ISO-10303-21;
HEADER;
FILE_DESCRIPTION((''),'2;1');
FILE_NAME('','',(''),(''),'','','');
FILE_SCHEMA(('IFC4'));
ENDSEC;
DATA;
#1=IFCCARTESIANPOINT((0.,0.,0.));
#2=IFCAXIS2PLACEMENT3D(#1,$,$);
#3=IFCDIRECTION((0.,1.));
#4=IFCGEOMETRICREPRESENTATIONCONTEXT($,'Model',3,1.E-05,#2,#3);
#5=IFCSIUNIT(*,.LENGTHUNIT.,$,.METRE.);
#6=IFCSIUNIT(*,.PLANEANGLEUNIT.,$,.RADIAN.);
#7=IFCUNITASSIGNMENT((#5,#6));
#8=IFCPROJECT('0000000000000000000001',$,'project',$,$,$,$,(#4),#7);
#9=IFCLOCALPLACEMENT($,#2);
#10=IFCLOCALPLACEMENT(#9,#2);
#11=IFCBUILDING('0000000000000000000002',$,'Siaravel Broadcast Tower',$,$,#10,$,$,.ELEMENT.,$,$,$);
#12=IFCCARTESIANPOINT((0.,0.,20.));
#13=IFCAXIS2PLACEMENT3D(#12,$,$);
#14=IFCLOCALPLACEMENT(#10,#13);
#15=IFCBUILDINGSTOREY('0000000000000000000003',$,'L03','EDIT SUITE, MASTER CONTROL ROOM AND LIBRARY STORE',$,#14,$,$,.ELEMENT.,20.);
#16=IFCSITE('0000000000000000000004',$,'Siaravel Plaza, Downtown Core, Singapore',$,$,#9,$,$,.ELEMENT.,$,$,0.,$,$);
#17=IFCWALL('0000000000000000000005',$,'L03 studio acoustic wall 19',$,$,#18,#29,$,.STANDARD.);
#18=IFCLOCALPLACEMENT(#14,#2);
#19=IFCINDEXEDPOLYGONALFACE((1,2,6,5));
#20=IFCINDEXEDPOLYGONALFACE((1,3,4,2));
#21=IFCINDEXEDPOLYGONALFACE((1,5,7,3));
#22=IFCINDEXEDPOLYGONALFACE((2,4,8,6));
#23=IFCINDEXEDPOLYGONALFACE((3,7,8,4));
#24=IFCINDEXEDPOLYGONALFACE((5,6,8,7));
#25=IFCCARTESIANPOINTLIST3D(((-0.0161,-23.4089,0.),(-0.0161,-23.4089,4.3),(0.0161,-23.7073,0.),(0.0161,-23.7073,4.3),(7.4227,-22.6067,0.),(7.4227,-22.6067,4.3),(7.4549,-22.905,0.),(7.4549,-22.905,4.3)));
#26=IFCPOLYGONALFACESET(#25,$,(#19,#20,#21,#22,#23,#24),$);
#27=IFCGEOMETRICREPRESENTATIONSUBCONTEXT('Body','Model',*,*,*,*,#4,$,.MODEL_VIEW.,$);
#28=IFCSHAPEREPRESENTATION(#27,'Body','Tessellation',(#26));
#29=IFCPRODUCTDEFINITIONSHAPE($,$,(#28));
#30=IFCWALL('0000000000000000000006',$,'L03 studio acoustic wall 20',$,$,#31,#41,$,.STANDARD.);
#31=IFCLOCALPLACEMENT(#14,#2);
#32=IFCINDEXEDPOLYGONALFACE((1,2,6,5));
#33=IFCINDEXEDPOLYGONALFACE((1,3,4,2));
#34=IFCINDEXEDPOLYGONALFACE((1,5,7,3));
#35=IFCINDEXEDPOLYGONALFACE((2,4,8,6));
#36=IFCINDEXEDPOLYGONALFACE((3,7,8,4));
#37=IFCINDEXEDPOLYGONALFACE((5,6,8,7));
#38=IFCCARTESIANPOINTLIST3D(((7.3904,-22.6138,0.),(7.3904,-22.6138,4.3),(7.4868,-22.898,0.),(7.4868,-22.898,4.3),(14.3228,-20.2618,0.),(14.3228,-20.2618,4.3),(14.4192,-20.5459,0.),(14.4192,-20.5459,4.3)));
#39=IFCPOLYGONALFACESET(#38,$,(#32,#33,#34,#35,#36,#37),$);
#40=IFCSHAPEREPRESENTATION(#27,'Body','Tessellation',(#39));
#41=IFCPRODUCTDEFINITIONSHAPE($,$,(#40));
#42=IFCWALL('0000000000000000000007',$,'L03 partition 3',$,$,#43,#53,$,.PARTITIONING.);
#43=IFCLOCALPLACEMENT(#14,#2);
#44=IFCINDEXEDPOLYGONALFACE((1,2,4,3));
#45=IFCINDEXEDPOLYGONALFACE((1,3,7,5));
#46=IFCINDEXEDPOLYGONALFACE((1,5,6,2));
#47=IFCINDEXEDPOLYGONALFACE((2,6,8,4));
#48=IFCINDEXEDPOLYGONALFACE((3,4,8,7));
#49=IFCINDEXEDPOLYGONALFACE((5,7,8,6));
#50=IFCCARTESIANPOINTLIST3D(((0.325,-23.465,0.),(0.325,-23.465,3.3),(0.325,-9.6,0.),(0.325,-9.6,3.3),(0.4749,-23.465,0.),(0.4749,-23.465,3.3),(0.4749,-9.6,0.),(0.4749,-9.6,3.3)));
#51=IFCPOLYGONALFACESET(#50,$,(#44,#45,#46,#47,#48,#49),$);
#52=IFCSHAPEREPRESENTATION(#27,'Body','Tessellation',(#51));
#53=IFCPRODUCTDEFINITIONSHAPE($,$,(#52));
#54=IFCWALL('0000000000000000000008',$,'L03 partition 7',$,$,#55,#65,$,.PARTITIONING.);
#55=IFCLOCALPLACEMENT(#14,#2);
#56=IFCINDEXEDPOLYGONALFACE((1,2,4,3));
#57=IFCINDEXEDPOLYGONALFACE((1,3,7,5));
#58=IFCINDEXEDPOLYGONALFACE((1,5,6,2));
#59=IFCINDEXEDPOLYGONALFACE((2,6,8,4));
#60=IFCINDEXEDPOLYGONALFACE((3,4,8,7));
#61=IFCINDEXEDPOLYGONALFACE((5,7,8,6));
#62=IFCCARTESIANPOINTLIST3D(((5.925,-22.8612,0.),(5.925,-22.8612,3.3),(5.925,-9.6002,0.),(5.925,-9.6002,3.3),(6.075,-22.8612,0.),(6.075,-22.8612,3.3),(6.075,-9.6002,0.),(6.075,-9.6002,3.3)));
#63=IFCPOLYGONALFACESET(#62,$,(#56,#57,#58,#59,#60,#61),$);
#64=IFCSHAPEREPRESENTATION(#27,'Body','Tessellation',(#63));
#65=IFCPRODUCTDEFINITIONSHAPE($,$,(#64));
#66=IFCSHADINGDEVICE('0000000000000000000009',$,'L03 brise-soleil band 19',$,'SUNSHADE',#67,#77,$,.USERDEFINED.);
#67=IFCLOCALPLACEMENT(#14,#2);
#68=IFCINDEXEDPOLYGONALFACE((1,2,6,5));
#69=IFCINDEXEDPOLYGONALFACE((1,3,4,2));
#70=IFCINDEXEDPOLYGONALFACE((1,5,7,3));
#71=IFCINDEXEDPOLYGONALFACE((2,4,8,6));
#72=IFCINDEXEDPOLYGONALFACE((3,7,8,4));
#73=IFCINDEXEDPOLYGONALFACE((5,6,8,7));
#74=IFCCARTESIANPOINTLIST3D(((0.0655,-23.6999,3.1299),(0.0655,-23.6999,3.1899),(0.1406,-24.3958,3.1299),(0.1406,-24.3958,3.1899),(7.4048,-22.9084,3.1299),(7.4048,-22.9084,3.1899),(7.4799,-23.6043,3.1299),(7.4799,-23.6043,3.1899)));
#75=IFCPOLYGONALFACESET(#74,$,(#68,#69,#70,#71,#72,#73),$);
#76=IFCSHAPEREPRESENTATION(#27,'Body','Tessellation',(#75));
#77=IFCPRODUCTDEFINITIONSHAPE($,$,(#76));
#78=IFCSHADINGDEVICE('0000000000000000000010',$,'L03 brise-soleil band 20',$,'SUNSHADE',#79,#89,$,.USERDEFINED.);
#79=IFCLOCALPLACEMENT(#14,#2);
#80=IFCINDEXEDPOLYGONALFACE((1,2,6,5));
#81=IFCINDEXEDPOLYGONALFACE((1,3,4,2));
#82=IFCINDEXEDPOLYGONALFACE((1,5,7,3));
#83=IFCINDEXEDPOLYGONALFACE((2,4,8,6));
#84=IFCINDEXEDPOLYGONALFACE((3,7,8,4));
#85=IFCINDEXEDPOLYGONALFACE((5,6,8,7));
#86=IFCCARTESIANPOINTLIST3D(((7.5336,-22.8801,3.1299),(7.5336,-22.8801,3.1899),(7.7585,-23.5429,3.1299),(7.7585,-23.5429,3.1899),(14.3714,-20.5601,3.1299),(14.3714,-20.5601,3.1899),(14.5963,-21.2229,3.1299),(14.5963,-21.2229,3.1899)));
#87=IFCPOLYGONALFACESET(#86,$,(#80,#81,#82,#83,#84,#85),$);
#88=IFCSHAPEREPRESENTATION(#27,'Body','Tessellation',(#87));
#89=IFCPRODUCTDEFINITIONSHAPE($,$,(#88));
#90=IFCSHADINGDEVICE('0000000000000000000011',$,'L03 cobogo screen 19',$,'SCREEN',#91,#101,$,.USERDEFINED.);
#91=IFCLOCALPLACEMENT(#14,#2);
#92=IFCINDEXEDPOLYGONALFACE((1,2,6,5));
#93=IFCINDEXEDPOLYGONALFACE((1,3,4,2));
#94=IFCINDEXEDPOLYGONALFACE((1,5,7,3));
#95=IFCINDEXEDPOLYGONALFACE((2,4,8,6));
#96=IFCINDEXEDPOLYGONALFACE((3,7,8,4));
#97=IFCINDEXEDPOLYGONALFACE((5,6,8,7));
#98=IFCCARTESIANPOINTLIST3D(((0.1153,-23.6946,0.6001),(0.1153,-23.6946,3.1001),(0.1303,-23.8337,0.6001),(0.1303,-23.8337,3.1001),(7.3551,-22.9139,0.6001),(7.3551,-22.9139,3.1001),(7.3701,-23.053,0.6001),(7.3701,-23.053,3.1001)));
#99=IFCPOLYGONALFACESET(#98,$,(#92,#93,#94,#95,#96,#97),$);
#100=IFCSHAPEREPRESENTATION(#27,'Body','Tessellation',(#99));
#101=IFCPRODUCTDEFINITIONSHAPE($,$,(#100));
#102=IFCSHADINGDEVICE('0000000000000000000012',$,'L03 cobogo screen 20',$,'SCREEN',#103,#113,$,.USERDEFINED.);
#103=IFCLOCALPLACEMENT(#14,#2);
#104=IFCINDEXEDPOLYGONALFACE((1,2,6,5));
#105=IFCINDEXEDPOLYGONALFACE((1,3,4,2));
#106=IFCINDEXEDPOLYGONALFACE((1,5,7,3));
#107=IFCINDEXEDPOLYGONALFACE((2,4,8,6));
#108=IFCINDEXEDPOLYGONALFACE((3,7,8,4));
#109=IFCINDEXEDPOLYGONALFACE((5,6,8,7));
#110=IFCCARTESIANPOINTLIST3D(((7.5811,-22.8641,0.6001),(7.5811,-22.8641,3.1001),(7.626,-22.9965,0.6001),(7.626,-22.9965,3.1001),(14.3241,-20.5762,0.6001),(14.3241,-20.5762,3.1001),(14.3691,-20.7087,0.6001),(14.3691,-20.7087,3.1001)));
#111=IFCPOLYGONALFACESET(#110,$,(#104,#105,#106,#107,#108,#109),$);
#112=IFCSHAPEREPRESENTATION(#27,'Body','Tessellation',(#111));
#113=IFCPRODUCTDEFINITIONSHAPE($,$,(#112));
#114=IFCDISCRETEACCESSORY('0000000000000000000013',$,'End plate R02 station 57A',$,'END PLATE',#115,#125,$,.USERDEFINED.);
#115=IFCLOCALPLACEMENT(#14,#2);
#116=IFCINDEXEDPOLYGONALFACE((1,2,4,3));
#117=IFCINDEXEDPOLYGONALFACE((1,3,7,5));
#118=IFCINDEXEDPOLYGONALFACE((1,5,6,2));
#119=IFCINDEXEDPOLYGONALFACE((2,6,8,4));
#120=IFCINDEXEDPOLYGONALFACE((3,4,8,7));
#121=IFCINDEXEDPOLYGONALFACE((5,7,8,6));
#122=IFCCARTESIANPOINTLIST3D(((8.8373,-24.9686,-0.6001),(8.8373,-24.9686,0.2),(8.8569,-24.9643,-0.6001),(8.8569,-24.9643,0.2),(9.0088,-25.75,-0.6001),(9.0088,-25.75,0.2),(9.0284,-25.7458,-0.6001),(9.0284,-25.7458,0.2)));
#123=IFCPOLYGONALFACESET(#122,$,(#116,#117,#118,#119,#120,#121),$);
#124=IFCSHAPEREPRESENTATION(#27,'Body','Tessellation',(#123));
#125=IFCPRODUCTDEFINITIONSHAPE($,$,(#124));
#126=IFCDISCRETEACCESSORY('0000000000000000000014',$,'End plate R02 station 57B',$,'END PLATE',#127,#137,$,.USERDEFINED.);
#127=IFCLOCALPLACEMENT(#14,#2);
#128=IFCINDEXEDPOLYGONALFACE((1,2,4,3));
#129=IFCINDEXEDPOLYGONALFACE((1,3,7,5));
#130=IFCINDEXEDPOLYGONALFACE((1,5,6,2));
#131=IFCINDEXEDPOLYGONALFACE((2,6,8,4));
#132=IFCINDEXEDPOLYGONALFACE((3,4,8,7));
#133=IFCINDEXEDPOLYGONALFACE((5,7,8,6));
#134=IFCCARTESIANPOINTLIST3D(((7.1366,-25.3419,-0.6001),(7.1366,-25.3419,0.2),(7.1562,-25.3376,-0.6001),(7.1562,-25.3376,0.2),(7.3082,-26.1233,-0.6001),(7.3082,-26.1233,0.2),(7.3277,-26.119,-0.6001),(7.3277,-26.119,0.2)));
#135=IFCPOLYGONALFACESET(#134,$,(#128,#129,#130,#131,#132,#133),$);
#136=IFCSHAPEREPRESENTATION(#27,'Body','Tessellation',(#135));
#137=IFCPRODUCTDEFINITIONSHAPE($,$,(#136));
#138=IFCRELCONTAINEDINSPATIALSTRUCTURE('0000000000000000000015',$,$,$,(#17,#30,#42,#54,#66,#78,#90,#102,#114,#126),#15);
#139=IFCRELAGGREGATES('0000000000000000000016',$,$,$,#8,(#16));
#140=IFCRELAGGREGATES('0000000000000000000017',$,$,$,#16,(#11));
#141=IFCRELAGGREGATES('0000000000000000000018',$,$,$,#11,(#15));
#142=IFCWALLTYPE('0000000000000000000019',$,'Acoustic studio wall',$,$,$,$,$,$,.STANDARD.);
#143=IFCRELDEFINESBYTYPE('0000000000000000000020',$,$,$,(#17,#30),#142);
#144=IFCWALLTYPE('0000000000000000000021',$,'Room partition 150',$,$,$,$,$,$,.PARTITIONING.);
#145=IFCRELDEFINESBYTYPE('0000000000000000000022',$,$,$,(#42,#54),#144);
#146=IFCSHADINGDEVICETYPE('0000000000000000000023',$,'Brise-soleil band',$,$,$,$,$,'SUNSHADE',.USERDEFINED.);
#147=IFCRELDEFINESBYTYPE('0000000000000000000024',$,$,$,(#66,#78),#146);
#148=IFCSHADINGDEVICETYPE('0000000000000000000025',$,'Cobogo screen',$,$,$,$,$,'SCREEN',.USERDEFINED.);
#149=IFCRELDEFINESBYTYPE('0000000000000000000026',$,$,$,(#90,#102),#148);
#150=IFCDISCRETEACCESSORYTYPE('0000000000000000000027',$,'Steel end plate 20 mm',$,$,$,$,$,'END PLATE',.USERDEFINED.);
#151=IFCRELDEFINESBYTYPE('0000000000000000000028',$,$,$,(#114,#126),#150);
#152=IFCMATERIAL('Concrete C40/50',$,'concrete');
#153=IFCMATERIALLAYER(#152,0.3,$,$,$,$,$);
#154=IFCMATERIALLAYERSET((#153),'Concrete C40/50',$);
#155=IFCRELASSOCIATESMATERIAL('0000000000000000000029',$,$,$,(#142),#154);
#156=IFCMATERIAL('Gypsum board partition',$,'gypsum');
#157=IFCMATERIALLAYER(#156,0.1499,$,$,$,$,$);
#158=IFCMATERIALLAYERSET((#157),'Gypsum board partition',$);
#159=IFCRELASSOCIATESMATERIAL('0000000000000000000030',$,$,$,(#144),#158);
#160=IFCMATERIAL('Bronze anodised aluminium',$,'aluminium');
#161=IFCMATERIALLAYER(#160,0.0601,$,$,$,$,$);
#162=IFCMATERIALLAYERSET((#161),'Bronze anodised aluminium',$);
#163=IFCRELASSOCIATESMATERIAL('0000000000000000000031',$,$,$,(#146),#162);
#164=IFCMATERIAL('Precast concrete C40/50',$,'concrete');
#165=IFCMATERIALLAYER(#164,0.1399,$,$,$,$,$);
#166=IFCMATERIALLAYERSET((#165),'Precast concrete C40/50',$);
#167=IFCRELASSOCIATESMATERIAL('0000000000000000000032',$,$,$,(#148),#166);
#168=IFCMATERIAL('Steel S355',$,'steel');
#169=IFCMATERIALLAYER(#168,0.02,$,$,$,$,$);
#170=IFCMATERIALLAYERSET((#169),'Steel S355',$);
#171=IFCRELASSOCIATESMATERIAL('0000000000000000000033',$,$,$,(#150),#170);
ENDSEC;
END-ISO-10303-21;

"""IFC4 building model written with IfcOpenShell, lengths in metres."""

from ifc_helpers import new_model, si_unit, direction, frame, frame_2d, origin, origin_2d, place, context, subcontext, project, spatial, rectangle, extrude, material, layer, layer_set, type_object, element, save


model = new_model("IFC4")

# Units and contexts
model_context = context("Model", 3, precision=1e-05, world=origin(), true_north=direction((0.0, 1.0)))
body_context = subcontext(model_context, "Body", "Model", "MODEL_VIEW")
ifc_project = project(units=[si_unit("LENGTHUNIT", "METRE"), si_unit("PLANEANGLEUNIT", "RADIAN")], contexts=[model_context])

# Site, building, storey
site_placement = place(None, origin())
site = spatial("IfcSite", under=ifc_project, at=site_placement, Name="Siaravel Plaza, Downtown Core, Singapore", CompositionType="ELEMENT", RefElevation=0.0)
building_placement = place(site_placement, origin())
building = spatial("IfcBuilding", under=site, at=building_placement, Name="Siaravel Broadcast Tower", CompositionType="ELEMENT")
storey_placement = place(building_placement, frame((0.0, 0.0, 20.0)))
storey = spatial("IfcBuildingStorey", under=building, at=storey_placement, Name="L03", Description="EDIT SUITE, MASTER CONTROL ROOM AND LIBRARY STORE", CompositionType="ELEMENT", Elevation=20.0)

# Shared definitions
ifc_material_1 = material(Name="Steel S355", Category="steel")

# Walls
ifc_material_2 = material(Name="Concrete C40/50", Category="concrete")
ifc_layer_1 = layer(ifc_material_2, 0.3)
ifc_layer_set_1 = layer_set([ifc_layer_1], Name="Concrete C40/50")
wall_type_1 = type_object("IfcWallType", Name="Acoustic studio wall", PredefinedType="STANDARD", material=ifc_layer_set_1)
wall_1_placement = place(storey_placement, frame((0.0, -23.5581, 0.0), z_axis=(0.0, 0.0, 1.0), x_axis=(0.994235, 0.107226, 0.0)))
element("IfcWall", 1, at=wall_1_placement, inside=storey, type_object=wall_type_1, Name="L03 studio acoustic wall 19", PredefinedType="STANDARD", context=body_context, shape_type="SweptSolid", body=[
    extrude(rectangle(XDim=7.4819, YDim=0.3, at=frame_2d((3.741, 0.0))), origin(), (0.0, 0.0, 1.0), 4.3),
])
wall_2_placement = place(storey_placement, frame((7.4387, -22.7559, 0.0), z_axis=(0.0, 0.0, 1.0), x_axis=(0.946979, 0.321296, 0.0)))
element("IfcWall", 2, at=wall_2_placement, inside=storey, type_object=wall_type_1, Name="L03 studio acoustic wall 20", PredefinedType="STANDARD", context=body_context, shape_type="SweptSolid", body=[
    extrude(rectangle(XDim=7.3206, YDim=0.3, at=frame_2d((3.6602, 0.0))), origin(), (0.0, 0.0, 1.0), 4.3),
])
ifc_material_3 = material(Name="Gypsum board partition", Category="gypsum")
ifc_layer_2 = layer(ifc_material_3, 0.1499)
ifc_layer_set_2 = layer_set([ifc_layer_2], Name="Gypsum board partition")
wall_type_2 = type_object("IfcWallType", Name="Room partition 150", PredefinedType="PARTITIONING", material=ifc_layer_set_2)
wall_3_placement = place(storey_placement, frame((0.3999, -23.4651, 0.0), z_axis=(0.0, 0.0, 1.0), x_axis=(0.0, 1.0, 0.0)))
element("IfcWall", 3, at=wall_3_placement, inside=storey, type_object=wall_type_2, Name="L03 partition 3", PredefinedType="PARTITIONING", context=body_context, shape_type="SweptSolid", body=[
    extrude(rectangle(XDim=13.865, YDim=0.1499, at=frame_2d((6.9326, 0.0))), origin(), (0.0, 0.0, 1.0), 3.3),
])
wall_4_placement = place(storey_placement, frame((6.0, -22.8611, 0.0), z_axis=(0.0, 0.0, 1.0), x_axis=(0.0, 1.0, 0.0)))
element("IfcWall", 4, at=wall_4_placement, inside=storey, type_object=wall_type_2, Name="L03 partition 7", PredefinedType="PARTITIONING", context=body_context, shape_type="SweptSolid", body=[
    extrude(rectangle(XDim=13.261, YDim=0.1499, at=frame_2d((6.6304, 0.0))), origin(), (0.0, 0.0, 1.0), 3.3),
])

# Shading devices
ifc_material_4 = material(Name="Bronze anodised aluminium", Category="aluminium")
ifc_layer_3 = layer(ifc_material_4, 0.0601)
ifc_layer_set_3 = layer_set([ifc_layer_3], Name="Bronze anodised aluminium")
shading_device_type_1 = type_object("IfcShadingDeviceType", Name="Brise-soleil band", ElementType="SUNSHADE", PredefinedType="USERDEFINED", material=ifc_layer_set_3)
shading_device_1_placement = place(storey_placement, frame((3.7727, -23.6521, 3.1299), z_axis=(0.0, 0.0, 1.0), x_axis=(0.994236, 0.107217, 0.0)))
element("IfcShadingDevice", 5, at=shading_device_1_placement, inside=storey, type_object=shading_device_type_1, Name="L03 brise-soleil band 19", ObjectType="SUNSHADE", PredefinedType="USERDEFINED", context=body_context, shape_type="SweptSolid", body=[
    extrude(rectangle(XDim=7.3818, YDim=0.7, at=origin_2d()), origin(), (0.0, 0.0, 1.0), 0.0601),
])
shading_device_2_placement = place(storey_placement, frame((11.0649, -22.0515, 3.1299), z_axis=(0.0, 0.0, 1.0), x_axis=(0.946977, 0.321301, 0.0)))
element("IfcShadingDevice", 6, at=shading_device_2_placement, inside=storey, type_object=shading_device_type_1, Name="L03 brise-soleil band 20", ObjectType="SUNSHADE", PredefinedType="USERDEFINED", context=body_context, shape_type="SweptSolid", body=[
    extrude(rectangle(XDim=7.2207, YDim=0.7, at=origin_2d()), origin(), (0.0, 0.0, 1.0), 0.0601),
])
ifc_material_5 = material(Name="Precast concrete C40/50", Category="concrete")
ifc_layer_4 = layer(ifc_material_5, 0.1399)
ifc_layer_set_4 = layer_set([ifc_layer_4], Name="Precast concrete C40/50")
shading_device_type_2 = type_object("IfcShadingDeviceType", Name="Cobogo screen", ElementType="SCREEN", PredefinedType="USERDEFINED", material=ifc_layer_set_4)
shading_device_3_placement = place(storey_placement, frame((3.7427, -23.3738, 0.6001), z_axis=(0.0, 0.0, 1.0), x_axis=(0.994236, 0.107217, 0.0)))
element("IfcShadingDevice", 7, at=shading_device_3_placement, inside=storey, type_object=shading_device_type_2, Name="L03 cobogo screen 19", ObjectType="SCREEN", PredefinedType="USERDEFINED", context=body_context, shape_type="SweptSolid", body=[
    extrude(rectangle(XDim=7.2817, YDim=0.1399, at=origin_2d()), origin(), (0.0, 0.0, 1.0), 2.5),
])
shading_device_4_placement = place(storey_placement, frame((10.9751, -21.7864, 0.6001), z_axis=(0.0, 0.0, 1.0), x_axis=(0.946977, 0.321301, 0.0)))
element("IfcShadingDevice", 8, at=shading_device_4_placement, inside=storey, type_object=shading_device_type_2, Name="L03 cobogo screen 20", ObjectType="SCREEN", PredefinedType="USERDEFINED", context=body_context, shape_type="SweptSolid", body=[
    extrude(rectangle(XDim=7.1206, YDim=0.1399, at=origin_2d()), origin(), (0.0, 0.0, 1.0), 2.5),
])

# Discrete accessories
ifc_layer_5 = layer(ifc_material_1, 0.02)
ifc_layer_set_5 = layer_set([ifc_layer_5], Name="Steel S355")
discrete_accessory_type = type_object("IfcDiscreteAccessoryType", Name="Steel end plate 20 mm", ElementType="END PLATE", PredefinedType="USERDEFINED", material=ifc_layer_set_5)
for number, where, z_axis, x_axis, name in (
    (9, (8.9329, -25.3572, -0.6001), (0.0, 0.0, 1.0), (0.976751, 0.214377, 0.0), "End plate R02 station 57A"),
    (10, (7.2322, -25.7305, -0.6001), (0.0, 0.0, 1.0), (0.976751, 0.214377, 0.0), "End plate R02 station 57B"),
):
    element("IfcDiscreteAccessory", number, at=place(storey_placement, frame(where, z_axis=z_axis, x_axis=x_axis)), inside=storey, type_object=discrete_accessory_type, Name=name, ObjectType="END PLATE", PredefinedType="USERDEFINED", context=body_context, shape_type="SweptSolid", body=[
        extrude(rectangle(XDim=0.02, YDim=0.8, at=origin_2d()), origin(), (0.0, 0.0, 1.0), 0.8),
    ])

save(model, "model.ifc")
